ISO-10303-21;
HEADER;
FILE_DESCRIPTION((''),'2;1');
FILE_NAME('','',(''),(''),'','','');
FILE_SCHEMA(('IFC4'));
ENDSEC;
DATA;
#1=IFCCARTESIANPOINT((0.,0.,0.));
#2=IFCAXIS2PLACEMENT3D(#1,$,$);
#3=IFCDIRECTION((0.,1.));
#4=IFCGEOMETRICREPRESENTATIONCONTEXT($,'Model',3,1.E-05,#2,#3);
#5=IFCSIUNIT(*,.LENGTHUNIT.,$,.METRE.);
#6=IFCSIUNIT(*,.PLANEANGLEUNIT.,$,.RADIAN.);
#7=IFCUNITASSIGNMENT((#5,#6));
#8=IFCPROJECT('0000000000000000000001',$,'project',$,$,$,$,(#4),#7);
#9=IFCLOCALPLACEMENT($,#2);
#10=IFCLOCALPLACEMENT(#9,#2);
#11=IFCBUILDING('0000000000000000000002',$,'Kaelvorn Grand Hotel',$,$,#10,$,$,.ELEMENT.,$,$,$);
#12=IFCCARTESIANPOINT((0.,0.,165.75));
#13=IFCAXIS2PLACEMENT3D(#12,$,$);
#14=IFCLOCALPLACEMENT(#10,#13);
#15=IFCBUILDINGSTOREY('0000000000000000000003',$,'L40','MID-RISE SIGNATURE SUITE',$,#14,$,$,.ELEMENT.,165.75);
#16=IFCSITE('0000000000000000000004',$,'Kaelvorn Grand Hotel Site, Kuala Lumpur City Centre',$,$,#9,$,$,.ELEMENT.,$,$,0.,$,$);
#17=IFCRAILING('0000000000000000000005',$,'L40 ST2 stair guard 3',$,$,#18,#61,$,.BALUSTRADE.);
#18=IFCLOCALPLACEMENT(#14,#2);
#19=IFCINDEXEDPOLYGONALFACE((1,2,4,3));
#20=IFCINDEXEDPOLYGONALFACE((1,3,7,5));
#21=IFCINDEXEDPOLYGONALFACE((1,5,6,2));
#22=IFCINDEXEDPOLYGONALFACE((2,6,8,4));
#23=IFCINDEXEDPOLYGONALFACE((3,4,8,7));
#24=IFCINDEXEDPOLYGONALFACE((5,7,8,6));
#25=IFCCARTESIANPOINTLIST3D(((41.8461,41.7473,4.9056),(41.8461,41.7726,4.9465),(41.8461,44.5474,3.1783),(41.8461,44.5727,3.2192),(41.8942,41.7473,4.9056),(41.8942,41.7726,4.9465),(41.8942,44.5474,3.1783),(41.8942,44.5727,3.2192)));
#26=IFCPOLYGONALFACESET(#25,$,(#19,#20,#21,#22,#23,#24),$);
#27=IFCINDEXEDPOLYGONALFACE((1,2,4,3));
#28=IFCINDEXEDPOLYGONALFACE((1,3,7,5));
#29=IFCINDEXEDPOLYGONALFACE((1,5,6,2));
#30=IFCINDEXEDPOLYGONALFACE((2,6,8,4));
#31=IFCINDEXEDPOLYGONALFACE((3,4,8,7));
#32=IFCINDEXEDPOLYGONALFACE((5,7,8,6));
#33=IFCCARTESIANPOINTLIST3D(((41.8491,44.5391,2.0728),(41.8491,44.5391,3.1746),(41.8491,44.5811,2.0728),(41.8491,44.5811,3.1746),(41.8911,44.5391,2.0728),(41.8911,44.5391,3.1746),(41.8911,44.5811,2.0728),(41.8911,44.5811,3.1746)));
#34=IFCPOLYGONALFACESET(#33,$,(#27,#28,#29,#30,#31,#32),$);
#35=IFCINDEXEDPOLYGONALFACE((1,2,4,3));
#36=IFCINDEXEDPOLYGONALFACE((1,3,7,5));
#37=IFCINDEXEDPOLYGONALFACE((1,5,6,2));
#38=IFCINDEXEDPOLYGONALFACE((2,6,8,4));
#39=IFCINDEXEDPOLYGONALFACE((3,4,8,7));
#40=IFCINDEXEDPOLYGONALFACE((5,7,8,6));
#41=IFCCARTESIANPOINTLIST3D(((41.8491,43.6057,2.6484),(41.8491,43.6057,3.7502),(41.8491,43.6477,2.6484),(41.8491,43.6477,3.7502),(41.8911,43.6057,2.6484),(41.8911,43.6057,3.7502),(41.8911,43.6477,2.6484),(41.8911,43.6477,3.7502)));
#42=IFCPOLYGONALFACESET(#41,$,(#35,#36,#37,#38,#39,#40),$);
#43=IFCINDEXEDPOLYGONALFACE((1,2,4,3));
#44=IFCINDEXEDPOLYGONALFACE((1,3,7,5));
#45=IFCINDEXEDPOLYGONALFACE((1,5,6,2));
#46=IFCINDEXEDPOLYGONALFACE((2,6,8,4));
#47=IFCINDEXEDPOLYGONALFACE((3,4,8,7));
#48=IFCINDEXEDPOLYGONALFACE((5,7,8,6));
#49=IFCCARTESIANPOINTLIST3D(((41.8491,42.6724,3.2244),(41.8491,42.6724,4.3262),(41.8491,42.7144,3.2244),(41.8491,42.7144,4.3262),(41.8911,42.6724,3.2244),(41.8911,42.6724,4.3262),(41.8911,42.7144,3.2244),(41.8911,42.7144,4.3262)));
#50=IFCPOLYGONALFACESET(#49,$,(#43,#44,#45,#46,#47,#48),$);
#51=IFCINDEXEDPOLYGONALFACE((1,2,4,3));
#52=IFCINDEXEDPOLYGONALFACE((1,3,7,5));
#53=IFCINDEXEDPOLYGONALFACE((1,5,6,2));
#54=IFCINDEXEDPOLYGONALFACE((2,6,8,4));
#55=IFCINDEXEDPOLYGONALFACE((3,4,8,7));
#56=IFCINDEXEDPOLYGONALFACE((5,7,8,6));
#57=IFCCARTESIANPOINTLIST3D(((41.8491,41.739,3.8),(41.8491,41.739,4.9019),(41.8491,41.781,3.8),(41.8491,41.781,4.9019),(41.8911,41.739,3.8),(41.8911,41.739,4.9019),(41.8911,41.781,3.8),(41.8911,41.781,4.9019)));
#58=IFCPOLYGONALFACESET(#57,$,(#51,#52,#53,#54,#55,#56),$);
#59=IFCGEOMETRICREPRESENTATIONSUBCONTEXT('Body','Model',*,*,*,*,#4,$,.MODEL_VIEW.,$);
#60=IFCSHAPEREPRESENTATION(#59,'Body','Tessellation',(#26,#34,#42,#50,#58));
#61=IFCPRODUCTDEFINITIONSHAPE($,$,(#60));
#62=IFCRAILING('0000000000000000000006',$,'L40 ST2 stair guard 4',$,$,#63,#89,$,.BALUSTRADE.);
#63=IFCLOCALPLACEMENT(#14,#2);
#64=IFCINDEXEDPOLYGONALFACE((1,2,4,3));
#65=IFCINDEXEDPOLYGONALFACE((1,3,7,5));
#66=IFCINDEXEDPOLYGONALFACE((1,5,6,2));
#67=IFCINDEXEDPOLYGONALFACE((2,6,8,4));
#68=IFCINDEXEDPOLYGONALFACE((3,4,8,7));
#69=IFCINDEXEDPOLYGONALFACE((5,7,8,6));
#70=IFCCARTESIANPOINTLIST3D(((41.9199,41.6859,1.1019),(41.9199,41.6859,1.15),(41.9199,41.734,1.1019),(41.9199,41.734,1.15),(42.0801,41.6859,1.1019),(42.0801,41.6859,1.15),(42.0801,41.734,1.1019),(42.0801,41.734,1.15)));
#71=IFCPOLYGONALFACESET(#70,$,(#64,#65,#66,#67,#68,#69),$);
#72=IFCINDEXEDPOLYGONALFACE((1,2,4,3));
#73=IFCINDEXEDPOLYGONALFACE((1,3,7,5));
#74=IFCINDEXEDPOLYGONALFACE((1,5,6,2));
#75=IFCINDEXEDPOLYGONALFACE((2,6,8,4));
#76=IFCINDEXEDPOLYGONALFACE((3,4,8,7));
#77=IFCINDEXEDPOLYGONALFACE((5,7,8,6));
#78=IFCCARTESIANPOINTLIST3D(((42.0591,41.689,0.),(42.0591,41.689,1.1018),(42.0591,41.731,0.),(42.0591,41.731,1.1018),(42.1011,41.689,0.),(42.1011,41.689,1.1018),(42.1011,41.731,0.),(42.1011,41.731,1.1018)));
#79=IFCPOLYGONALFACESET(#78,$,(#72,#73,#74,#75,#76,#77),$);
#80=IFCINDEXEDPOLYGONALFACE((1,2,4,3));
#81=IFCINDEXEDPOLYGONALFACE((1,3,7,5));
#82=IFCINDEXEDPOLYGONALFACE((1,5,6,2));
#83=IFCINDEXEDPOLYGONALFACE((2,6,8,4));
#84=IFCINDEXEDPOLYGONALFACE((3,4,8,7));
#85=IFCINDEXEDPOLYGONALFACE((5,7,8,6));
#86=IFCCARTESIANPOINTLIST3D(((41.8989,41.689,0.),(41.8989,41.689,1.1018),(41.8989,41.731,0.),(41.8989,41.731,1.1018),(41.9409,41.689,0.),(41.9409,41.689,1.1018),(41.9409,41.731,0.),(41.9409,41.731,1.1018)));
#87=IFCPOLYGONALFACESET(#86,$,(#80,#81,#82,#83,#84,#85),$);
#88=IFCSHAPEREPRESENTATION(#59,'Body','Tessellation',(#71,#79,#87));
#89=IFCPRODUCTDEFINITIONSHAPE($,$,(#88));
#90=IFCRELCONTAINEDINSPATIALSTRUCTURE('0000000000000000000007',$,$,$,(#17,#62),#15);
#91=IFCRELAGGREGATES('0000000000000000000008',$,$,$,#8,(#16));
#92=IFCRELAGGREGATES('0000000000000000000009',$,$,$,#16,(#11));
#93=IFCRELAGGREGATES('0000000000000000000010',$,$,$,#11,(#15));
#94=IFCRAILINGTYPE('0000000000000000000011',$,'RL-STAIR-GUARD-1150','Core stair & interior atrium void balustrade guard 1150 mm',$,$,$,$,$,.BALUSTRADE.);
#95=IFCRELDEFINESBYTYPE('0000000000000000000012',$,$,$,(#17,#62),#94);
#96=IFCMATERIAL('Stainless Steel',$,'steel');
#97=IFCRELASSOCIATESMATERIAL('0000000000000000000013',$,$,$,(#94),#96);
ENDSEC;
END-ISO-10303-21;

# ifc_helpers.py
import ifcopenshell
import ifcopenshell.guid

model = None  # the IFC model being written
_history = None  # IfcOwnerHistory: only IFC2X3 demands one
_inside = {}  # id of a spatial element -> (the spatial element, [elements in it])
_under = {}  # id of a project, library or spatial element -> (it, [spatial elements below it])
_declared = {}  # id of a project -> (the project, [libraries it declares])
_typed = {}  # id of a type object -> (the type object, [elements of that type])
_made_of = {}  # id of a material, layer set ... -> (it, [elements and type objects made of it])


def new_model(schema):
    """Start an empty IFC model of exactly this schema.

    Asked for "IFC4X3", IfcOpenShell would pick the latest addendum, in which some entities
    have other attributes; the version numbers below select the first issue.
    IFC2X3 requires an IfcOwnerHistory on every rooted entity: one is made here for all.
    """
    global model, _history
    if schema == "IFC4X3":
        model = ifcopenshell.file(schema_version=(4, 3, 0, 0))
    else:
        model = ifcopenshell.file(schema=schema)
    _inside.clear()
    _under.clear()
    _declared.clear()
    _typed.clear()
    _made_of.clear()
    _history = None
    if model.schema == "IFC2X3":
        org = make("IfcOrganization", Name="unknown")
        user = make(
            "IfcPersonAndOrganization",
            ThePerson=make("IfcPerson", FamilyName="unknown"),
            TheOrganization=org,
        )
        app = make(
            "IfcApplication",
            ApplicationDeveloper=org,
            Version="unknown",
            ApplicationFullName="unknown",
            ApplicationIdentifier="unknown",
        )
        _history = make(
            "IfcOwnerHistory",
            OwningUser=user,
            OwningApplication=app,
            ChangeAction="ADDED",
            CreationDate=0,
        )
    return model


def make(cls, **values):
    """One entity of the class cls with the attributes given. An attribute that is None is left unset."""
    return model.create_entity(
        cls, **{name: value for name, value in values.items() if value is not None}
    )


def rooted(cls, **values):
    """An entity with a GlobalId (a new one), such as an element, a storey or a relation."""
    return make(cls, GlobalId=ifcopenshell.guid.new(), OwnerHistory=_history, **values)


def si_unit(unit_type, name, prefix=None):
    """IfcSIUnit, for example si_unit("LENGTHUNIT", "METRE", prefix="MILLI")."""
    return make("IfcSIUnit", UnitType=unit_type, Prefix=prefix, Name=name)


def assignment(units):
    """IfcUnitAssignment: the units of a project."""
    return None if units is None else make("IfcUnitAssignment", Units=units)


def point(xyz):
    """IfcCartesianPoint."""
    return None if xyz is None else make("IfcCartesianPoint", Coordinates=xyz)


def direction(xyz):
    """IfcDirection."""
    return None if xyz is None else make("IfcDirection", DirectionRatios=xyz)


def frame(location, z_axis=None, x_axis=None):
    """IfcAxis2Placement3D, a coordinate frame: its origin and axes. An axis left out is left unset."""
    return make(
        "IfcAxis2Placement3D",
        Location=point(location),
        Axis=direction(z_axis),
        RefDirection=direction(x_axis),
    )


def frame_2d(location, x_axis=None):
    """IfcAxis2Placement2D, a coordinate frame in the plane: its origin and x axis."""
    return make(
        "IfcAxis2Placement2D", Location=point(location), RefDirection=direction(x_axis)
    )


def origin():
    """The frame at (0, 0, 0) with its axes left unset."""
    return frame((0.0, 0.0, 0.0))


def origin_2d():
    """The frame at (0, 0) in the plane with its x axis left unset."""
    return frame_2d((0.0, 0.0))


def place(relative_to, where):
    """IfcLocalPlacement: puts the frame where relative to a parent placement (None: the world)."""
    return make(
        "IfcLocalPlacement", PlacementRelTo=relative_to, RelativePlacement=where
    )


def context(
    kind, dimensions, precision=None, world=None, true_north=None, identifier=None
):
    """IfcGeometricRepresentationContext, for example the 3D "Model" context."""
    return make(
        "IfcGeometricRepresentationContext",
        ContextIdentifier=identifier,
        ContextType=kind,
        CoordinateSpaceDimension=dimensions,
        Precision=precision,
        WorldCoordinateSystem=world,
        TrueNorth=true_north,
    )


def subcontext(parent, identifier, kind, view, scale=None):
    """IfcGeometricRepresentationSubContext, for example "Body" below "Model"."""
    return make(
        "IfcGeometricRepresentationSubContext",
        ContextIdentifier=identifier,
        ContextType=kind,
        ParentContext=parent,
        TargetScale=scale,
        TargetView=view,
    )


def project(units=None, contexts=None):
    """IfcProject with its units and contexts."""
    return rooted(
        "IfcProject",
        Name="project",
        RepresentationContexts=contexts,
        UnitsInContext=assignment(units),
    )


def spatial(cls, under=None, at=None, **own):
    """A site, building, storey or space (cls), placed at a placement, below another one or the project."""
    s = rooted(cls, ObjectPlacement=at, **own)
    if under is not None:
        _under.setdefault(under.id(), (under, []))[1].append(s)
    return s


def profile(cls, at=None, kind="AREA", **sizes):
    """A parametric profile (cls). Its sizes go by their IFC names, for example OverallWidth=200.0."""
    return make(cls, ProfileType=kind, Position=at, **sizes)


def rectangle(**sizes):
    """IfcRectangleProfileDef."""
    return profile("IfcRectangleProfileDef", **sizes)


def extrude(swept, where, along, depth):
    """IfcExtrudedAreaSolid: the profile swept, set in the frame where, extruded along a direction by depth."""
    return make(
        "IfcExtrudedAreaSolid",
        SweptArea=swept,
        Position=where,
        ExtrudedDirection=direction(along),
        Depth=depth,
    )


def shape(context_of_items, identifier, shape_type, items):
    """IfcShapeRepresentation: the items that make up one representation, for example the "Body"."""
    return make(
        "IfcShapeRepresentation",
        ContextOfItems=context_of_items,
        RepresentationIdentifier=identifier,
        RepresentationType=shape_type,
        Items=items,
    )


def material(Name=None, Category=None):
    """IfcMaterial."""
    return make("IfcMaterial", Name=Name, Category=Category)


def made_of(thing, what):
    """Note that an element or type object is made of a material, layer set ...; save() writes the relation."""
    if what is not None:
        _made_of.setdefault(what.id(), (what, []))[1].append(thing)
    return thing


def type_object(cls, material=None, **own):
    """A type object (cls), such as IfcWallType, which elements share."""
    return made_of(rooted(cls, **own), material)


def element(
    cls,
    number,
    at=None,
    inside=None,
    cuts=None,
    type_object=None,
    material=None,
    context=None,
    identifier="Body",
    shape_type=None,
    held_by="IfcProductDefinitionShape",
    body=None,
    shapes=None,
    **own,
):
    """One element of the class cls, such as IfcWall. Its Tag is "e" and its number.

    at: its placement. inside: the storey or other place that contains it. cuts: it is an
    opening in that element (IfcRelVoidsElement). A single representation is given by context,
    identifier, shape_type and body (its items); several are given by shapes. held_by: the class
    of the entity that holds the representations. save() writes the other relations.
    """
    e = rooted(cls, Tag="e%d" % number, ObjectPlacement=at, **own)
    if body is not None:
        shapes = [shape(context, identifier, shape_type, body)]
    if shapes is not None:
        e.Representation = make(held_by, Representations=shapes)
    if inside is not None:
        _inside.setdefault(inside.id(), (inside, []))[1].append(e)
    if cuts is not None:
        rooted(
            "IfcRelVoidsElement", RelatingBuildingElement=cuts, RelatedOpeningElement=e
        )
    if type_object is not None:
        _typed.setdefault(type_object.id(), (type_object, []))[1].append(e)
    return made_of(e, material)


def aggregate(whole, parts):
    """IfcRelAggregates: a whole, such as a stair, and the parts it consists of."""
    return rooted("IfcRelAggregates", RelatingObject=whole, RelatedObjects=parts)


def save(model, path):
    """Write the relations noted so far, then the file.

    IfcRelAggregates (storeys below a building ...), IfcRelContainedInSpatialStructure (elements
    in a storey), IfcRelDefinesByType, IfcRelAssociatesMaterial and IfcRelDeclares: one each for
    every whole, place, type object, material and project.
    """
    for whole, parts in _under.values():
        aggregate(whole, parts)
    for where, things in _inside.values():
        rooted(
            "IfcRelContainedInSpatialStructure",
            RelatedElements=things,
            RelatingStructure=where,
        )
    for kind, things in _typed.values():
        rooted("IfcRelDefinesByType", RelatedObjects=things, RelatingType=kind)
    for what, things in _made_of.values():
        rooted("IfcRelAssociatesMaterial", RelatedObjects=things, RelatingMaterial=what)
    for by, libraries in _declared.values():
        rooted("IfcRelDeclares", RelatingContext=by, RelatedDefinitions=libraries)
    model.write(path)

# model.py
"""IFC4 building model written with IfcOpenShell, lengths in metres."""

from ifc_helpers import new_model, si_unit, direction, frame, origin, origin_2d, place, context, subcontext, project, spatial, rectangle, extrude, material, type_object, element, save


model = new_model("IFC4")

# Units and contexts
model_context = context("Model", 3, precision=1e-05, world=origin(), true_north=direction((0.0, 1.0)))
body_context = subcontext(model_context, "Body", "Model", "MODEL_VIEW")
ifc_project = project(units=[si_unit("LENGTHUNIT", "METRE"), si_unit("PLANEANGLEUNIT", "RADIAN")], contexts=[model_context])

# Site, building, storey
site_placement = place(None, origin())
site = spatial("IfcSite", under=ifc_project, at=site_placement, Name="Kaelvorn Grand Hotel Site, Kuala Lumpur City Centre", CompositionType="ELEMENT", RefElevation=0.0)
building_placement = place(site_placement, origin())
building = spatial("IfcBuilding", under=site, at=building_placement, Name="Kaelvorn Grand Hotel", CompositionType="ELEMENT")
storey_placement = place(building_placement, frame((0.0, 0.0, 165.75)))
storey = spatial("IfcBuildingStorey", under=building, at=storey_placement, Name="L40", Description="MID-RISE SIGNATURE SUITE", CompositionType="ELEMENT", Elevation=165.75)

# Railings
ifc_material_1 = material(Name="Stainless Steel", Category="steel")
railing_type_1 = type_object("IfcRailingType", Name="RL-STAIR-GUARD-1150", Description="Core stair & interior atrium void balustrade guard 1150 mm", PredefinedType="BALUSTRADE", material=ifc_material_1)
railing_1_placement = place(storey_placement, frame((41.8701, 44.5601, 2.0728)))
element("IfcRailing", 1, at=railing_1_placement, inside=storey, type_object=railing_type_1, Name="L40 ST2 stair guard 3", PredefinedType="BALUSTRADE", context=body_context, shape_type="SweptSolid", body=[
    extrude(rectangle(XDim=0.0481, YDim=0.0481, at=origin_2d()), frame((0.0, 0.0, 1.126), z_axis=(0.0, -0.85109, 0.52502), x_axis=(1.0, 0.0, 0.0)), (0.0, 0.0, 1.0), 3.29),
    extrude(rectangle(XDim=0.042, YDim=0.042, at=origin_2d()), origin(), (0.0, 0.0, 1.0), 1.1018),
    extrude(rectangle(XDim=0.042, YDim=0.042, at=origin_2d()), frame((0.0, -0.9333, 0.5757)), (0.0, 0.0, 1.0), 1.1018),
    extrude(rectangle(XDim=0.042, YDim=0.042, at=origin_2d()), frame((0.0, -1.8667, 1.1516)), (0.0, 0.0, 1.0), 1.1018),
    extrude(rectangle(XDim=0.042, YDim=0.042, at=origin_2d()), frame((0.0, -2.8, 1.7273)), (0.0, 0.0, 1.0), 1.1018),
])
railing_2_placement = place(storey_placement, frame((42.0801, 41.71, 0.0)))
element("IfcRailing", 2, at=railing_2_placement, inside=storey, type_object=railing_type_1, Name="L40 ST2 stair guard 4", PredefinedType="BALUSTRADE", context=body_context, shape_type="SweptSolid", body=[
    extrude(rectangle(XDim=0.0481, YDim=0.0481, at=origin_2d()), frame((0.0, 0.0, 1.126), z_axis=(-1.0, 0.0, 0.0), x_axis=(0.0, -1.0, 0.0)), (0.0, 0.0, 1.0), 0.1602),
    extrude(rectangle(XDim=0.042, YDim=0.042, at=origin_2d()), origin(), (0.0, 0.0, 1.0), 1.1018),
    extrude(rectangle(XDim=0.042, YDim=0.042, at=origin_2d()), frame((-0.1602, 0.0, 0.0)), (0.0, 0.0, 1.0), 1.1018),
])

save(model, "model.ifc")
